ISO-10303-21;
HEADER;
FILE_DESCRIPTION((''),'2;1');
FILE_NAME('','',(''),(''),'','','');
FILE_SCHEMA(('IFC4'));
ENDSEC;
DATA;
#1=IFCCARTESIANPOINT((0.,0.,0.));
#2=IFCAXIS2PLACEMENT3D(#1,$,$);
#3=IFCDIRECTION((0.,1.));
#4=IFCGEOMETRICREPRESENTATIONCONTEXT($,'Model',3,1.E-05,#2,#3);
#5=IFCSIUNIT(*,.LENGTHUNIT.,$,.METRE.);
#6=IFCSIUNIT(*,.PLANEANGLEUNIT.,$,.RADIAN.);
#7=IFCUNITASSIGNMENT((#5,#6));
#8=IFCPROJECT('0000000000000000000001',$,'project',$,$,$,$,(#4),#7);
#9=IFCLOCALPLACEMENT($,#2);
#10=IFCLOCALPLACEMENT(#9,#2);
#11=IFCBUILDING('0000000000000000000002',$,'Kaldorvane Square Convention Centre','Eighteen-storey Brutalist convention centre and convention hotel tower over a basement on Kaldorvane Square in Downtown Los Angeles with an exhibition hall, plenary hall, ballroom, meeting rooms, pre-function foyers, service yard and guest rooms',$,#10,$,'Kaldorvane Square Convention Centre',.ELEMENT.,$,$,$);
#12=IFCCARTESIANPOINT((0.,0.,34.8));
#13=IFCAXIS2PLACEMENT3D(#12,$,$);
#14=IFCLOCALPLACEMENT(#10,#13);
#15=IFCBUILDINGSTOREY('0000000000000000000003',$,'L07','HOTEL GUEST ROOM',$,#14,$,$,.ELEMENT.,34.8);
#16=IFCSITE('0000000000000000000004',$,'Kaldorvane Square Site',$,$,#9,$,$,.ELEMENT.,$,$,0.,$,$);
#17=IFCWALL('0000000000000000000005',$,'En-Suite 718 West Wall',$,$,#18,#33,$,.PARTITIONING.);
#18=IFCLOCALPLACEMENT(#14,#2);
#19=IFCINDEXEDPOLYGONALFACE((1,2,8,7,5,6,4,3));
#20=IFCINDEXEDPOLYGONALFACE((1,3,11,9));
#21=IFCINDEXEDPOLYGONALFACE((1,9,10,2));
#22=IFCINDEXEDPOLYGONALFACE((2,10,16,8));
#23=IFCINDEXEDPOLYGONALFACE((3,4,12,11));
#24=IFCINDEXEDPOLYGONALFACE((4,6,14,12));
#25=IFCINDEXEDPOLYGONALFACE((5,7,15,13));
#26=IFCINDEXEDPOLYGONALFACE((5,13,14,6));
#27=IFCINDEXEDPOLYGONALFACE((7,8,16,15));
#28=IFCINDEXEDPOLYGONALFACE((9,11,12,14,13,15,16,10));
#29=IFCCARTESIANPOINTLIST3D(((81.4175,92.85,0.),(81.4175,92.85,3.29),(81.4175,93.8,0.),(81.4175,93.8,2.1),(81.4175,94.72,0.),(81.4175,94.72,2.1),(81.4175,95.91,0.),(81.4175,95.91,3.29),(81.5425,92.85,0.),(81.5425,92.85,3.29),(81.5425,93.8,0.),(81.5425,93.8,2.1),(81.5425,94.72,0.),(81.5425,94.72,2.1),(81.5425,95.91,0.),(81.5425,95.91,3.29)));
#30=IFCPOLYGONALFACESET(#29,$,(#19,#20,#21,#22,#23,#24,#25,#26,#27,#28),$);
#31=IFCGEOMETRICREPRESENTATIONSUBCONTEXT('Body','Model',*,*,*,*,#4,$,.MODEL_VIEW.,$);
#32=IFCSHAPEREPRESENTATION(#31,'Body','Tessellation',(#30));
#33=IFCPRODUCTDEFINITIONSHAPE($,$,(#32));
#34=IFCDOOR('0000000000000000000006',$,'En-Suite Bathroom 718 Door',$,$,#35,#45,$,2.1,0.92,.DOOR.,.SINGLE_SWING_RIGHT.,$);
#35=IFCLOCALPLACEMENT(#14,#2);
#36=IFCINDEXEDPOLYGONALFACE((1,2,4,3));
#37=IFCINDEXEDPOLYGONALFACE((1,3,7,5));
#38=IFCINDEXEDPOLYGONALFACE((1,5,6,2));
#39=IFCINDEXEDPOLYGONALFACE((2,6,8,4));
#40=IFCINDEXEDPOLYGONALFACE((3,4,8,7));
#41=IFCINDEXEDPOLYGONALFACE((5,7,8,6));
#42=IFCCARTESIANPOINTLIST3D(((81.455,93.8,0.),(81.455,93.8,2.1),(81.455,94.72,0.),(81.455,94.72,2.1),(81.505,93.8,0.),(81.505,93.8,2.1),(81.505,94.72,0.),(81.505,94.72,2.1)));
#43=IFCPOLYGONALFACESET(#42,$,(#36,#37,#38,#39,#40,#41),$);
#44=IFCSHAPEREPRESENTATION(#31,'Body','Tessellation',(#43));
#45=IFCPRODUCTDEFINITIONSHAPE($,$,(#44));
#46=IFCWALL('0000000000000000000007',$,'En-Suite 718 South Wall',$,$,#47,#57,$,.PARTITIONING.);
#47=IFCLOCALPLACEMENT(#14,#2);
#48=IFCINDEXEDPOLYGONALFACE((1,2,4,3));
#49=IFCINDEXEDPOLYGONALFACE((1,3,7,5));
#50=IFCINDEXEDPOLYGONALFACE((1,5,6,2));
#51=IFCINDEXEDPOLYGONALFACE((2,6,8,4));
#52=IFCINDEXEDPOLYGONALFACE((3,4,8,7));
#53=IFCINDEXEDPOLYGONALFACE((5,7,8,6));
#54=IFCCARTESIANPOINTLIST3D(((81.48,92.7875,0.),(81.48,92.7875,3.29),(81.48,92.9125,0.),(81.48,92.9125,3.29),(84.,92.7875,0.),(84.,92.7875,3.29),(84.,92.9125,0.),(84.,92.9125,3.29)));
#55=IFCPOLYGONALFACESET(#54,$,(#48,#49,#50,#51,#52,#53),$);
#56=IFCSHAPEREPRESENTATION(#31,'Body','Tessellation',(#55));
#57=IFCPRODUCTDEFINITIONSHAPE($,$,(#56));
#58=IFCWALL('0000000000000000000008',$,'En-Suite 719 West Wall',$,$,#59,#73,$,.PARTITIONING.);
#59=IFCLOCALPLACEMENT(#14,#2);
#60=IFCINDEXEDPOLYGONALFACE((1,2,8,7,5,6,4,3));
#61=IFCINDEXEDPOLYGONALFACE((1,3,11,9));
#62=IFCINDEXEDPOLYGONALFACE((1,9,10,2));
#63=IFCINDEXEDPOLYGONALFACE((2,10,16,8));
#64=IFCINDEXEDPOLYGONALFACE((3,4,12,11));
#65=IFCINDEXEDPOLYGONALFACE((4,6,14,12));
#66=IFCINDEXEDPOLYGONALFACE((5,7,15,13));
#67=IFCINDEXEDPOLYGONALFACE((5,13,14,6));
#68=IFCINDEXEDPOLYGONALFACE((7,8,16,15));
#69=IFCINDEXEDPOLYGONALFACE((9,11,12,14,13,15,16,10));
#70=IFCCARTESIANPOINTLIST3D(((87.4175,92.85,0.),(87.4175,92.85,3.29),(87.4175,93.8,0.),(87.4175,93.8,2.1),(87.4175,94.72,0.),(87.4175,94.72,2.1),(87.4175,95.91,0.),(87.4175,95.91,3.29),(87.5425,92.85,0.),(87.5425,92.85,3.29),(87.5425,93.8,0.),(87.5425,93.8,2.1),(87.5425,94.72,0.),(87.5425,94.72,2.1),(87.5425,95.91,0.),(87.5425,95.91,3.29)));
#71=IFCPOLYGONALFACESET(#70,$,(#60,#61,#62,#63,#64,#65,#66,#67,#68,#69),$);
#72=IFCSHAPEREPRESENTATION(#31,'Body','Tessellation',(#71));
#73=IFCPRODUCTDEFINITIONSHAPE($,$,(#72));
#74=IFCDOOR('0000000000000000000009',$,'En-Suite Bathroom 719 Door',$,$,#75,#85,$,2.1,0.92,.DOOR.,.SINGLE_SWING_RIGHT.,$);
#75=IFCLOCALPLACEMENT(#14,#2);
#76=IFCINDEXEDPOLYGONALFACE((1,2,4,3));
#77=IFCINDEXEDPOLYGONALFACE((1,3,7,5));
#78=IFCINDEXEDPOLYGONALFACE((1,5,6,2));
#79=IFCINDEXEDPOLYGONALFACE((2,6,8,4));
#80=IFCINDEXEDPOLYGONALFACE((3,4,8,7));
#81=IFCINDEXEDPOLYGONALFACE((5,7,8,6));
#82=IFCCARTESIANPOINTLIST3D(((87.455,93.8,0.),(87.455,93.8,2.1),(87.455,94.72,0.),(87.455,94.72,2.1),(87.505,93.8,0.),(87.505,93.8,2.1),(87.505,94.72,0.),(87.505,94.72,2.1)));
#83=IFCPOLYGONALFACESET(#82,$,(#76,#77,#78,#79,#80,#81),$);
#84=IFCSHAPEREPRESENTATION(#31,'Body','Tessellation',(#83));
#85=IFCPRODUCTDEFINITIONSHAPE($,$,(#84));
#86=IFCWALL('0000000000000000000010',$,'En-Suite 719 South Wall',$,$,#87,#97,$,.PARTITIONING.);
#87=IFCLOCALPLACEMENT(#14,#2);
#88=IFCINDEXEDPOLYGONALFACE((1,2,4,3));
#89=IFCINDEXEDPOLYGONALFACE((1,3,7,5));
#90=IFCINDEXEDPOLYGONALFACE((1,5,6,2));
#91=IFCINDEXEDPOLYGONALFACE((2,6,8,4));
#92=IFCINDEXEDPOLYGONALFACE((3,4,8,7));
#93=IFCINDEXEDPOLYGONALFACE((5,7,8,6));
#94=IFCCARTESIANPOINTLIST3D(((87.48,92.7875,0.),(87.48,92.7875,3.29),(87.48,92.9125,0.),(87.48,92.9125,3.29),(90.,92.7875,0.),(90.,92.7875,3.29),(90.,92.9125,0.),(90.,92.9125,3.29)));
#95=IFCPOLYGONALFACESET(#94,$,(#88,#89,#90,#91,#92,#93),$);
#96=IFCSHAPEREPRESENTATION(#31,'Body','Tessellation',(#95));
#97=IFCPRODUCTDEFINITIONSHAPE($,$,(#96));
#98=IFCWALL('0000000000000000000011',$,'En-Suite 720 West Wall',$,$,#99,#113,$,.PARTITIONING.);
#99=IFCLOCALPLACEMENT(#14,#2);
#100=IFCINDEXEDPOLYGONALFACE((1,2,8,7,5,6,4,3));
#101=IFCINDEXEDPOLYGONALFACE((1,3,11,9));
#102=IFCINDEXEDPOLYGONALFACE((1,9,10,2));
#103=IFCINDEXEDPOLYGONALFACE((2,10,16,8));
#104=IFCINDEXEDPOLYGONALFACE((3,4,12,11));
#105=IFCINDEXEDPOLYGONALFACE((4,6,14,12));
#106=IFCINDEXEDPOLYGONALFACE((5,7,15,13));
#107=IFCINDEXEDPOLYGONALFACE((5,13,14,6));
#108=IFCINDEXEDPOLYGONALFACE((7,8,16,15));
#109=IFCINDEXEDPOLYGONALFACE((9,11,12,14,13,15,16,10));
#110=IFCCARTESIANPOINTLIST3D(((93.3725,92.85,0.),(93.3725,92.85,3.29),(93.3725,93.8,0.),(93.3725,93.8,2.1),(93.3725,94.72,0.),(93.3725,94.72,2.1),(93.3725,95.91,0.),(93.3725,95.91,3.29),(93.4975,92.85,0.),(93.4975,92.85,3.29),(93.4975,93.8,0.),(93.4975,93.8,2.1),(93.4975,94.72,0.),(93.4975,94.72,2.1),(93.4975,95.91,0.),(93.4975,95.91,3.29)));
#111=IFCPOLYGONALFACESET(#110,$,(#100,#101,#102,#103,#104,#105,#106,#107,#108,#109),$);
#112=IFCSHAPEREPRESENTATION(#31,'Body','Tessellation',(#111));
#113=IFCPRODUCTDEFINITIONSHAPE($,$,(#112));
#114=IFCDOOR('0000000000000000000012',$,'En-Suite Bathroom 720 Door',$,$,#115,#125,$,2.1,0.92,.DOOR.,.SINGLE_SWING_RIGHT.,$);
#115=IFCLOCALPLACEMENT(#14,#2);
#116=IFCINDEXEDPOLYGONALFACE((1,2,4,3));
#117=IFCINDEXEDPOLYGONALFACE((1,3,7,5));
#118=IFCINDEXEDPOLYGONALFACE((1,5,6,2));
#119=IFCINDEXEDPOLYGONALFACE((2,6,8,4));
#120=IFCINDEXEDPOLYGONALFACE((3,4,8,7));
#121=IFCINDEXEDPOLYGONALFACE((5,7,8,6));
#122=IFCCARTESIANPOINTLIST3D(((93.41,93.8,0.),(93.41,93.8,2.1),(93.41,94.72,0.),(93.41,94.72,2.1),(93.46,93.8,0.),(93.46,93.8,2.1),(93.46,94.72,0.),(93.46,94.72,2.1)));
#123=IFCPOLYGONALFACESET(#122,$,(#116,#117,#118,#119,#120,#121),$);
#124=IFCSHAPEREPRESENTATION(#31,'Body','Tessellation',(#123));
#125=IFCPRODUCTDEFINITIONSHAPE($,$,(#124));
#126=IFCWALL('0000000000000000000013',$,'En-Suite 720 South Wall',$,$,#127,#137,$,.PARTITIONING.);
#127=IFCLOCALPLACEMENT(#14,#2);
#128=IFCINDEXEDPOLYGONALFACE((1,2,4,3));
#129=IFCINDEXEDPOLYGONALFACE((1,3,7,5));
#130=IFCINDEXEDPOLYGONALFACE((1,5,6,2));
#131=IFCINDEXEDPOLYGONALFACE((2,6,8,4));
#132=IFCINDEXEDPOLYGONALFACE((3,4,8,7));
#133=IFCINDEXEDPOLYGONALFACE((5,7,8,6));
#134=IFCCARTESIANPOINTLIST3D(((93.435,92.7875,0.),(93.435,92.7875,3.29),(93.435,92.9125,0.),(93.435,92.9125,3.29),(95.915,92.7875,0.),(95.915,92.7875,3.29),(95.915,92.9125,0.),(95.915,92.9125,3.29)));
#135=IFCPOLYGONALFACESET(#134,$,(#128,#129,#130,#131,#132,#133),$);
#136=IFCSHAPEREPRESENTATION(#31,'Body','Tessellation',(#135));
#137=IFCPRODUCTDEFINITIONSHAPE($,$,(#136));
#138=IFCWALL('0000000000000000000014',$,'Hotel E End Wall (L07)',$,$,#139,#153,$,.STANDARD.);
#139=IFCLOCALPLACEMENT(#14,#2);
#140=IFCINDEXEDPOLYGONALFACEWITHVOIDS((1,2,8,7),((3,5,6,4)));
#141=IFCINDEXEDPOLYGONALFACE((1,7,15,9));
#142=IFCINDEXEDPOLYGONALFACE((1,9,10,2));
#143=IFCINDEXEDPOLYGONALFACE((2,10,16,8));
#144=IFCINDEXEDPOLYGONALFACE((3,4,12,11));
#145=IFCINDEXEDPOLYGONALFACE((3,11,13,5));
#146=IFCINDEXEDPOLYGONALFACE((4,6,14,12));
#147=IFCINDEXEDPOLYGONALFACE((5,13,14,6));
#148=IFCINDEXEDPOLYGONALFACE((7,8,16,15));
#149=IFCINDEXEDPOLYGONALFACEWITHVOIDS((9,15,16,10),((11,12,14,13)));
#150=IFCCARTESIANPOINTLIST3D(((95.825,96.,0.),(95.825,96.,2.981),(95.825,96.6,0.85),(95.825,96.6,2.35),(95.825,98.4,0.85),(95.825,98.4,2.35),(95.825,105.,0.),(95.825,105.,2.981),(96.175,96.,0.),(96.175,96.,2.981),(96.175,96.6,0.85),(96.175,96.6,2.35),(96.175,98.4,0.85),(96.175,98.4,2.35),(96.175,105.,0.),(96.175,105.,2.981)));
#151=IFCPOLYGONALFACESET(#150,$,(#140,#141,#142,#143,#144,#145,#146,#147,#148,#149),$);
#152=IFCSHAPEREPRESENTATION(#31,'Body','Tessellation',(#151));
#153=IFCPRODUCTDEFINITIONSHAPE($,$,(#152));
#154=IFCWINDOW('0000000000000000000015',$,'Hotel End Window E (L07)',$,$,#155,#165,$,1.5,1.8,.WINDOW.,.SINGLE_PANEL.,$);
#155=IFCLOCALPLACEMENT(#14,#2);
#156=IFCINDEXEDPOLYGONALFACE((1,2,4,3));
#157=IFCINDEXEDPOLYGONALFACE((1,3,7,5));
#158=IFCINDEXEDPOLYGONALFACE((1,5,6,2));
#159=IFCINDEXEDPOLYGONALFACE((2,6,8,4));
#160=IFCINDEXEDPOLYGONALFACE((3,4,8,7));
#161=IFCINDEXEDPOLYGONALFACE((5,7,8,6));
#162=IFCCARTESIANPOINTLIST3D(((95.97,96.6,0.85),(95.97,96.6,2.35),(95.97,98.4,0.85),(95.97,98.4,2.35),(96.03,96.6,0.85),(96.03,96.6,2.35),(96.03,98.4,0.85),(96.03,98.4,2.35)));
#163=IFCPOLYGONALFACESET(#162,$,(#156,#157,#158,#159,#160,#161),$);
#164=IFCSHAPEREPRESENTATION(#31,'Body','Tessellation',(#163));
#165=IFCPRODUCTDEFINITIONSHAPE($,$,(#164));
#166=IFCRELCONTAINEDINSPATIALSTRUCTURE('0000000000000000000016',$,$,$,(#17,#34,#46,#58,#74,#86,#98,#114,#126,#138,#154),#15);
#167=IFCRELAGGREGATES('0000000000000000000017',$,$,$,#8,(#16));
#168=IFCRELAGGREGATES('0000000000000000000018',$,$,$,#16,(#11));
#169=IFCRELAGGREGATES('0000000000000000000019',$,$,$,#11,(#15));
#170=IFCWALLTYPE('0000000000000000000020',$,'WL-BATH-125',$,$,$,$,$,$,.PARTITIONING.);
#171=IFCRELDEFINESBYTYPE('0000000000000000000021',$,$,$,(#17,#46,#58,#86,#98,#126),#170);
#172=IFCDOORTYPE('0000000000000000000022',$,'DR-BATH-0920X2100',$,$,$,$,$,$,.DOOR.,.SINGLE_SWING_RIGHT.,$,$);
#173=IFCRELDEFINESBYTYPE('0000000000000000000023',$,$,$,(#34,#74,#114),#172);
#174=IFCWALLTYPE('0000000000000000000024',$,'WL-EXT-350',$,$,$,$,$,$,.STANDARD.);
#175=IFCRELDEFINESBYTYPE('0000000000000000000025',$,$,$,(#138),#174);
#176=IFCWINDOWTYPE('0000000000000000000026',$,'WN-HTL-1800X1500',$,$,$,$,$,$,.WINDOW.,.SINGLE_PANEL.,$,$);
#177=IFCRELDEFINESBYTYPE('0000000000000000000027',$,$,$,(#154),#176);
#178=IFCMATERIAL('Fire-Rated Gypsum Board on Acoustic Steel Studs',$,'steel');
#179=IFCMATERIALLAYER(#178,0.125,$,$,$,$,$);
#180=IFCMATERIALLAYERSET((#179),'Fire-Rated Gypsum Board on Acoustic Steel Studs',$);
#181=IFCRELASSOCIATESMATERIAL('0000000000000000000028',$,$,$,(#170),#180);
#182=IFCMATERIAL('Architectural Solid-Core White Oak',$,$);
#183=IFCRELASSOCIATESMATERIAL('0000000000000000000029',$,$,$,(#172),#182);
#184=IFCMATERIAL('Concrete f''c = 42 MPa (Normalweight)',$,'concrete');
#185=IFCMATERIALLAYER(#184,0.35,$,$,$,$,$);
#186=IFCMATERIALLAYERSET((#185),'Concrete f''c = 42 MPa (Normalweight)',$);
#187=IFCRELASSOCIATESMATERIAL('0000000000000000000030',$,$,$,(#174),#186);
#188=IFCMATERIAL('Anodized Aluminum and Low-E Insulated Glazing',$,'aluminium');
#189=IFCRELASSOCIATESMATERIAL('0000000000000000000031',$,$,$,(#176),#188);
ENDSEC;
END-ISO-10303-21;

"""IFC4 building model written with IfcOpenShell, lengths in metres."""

from ifc_helpers import new_model, si_unit, direction, frame, frame_2d, origin, place, context, subcontext, project, spatial, rectangle, extrude, material, layer, layer_set, type_object, element, fill, save


model = new_model("IFC4")

# Units and contexts
model_context = context("Model", 3, precision=1e-05, world=origin(), true_north=direction((0.0, 1.0)))
body_context = subcontext(model_context, "Body", "Model", "MODEL_VIEW")
ifc_project = project(units=[si_unit("LENGTHUNIT", "METRE"), si_unit("PLANEANGLEUNIT", "RADIAN")], contexts=[model_context])

# Site, building, storey
site_placement = place(None, origin())
site = spatial("IfcSite", under=ifc_project, at=site_placement, Name="Kaldorvane Square Site", CompositionType="ELEMENT", RefElevation=0.0)
building_placement = place(site_placement, origin())
building = spatial("IfcBuilding", under=site, at=building_placement, Name="Kaldorvane Square Convention Centre", Description="Eighteen-storey Brutalist convention centre and convention hotel tower over a basement on Kaldorvane Square in Downtown Los Angeles with an exhibition hall, plenary hall, ballroom, meeting rooms, pre-function foyers, service yard and guest rooms", LongName="Kaldorvane Square Convention Centre", CompositionType="ELEMENT")
storey_placement = place(building_placement, frame((0.0, 0.0, 34.8)))
storey = spatial("IfcBuildingStorey", under=building, at=storey_placement, Name="L07", Description="HOTEL GUEST ROOM", CompositionType="ELEMENT", Elevation=34.8)

# Shared definitions
ifc_material_1 = material(Name="Anodized Aluminum and Low-E Insulated Glazing", Category="aluminium")

# Wall, opening, door
ifc_material_2 = material(Name="Fire-Rated Gypsum Board on Acoustic Steel Studs", Category="steel")
ifc_layer_1 = layer(ifc_material_2, 0.125)
ifc_layer_set_1 = layer_set([ifc_layer_1], Name="Fire-Rated Gypsum Board on Acoustic Steel Studs")
wall_type_1 = type_object("IfcWallType", Name="WL-BATH-125", PredefinedType="PARTITIONING", material=ifc_layer_set_1)
wall_1_placement = place(storey_placement, frame((81.48, 92.85, 0.0), z_axis=(0.0, 0.0, 1.0), x_axis=(0.0, 1.0, 0.0)))
wall_1 = element("IfcWall", 1, at=wall_1_placement, inside=storey, type_object=wall_type_1, Name="En-Suite 718 West Wall", PredefinedType="PARTITIONING", context=body_context, shape_type="SweptSolid", body=[
    extrude(rectangle(XDim=3.06, YDim=0.125, at=frame_2d((1.53, 0.0))), origin(), (0.0, 0.0, 1.0), 3.29),
])
opening_1_placement = place(wall_1_placement, frame((0.95, 0.0, 0.0)))
opening_1 = element("IfcOpeningElement", 2, at=opening_1_placement, cuts=wall_1, PredefinedType="OPENING", context=body_context, shape_type="SweptSolid", body=[
    extrude(rectangle(XDim=0.92, YDim=2.1, at=frame_2d((0.46, 1.05))), frame((0.0, 0.0775, 0.0), z_axis=(0.0, -1.0, 0.0), x_axis=(1.0, 0.0, 0.0)), (0.0, 0.0, 1.0), 0.155),
])
ifc_material_3 = material(Name="Architectural Solid-Core White Oak")
door_type_1 = type_object("IfcDoorType", Name="DR-BATH-0920X2100", OperationType="SINGLE_SWING_RIGHT", PredefinedType="DOOR", material=ifc_material_3)
door_1_placement = place(opening_1_placement, origin())
door_1 = element("IfcDoor", 3, at=door_1_placement, inside=storey, type_object=door_type_1, Name="En-Suite Bathroom 718 Door", OperationType="SINGLE_SWING_RIGHT", OverallHeight=2.1, OverallWidth=0.92, PredefinedType="DOOR", context=body_context, shape_type="SweptSolid", body=[
    extrude(rectangle(XDim=0.92, YDim=2.1, at=frame_2d((0.46, 1.05))), frame((0.0, 0.025, 0.0), z_axis=(0.0, -1.0, 0.0), x_axis=(1.0, 0.0, 0.0)), (0.0, 0.0, 1.0), 0.05),
])
fill(opening_1, door_1)

# Wall
wall_2_placement = place(storey_placement, frame((81.48, 92.85, 0.0), z_axis=(0.0, 0.0, 1.0), x_axis=(1.0, 0.0, 0.0)))
element("IfcWall", 4, at=wall_2_placement, inside=storey, type_object=wall_type_1, Name="En-Suite 718 South Wall", PredefinedType="PARTITIONING", context=body_context, shape_type="SweptSolid", body=[
    extrude(rectangle(XDim=2.52, YDim=0.125, at=frame_2d((1.26, 0.0))), origin(), (0.0, 0.0, 1.0), 3.29),
])

# Wall, opening, door
wall_3_placement = place(storey_placement, frame((87.48, 92.85, 0.0), z_axis=(0.0, 0.0, 1.0), x_axis=(0.0, 1.0, 0.0)))
wall_3 = element("IfcWall", 5, at=wall_3_placement, inside=storey, type_object=wall_type_1, Name="En-Suite 719 West Wall", PredefinedType="PARTITIONING", context=body_context, shape_type="SweptSolid", body=[
    extrude(rectangle(XDim=3.06, YDim=0.125, at=frame_2d((1.53, 0.0))), origin(), (0.0, 0.0, 1.0), 3.29),
])
opening_2_placement = place(wall_3_placement, frame((0.95, 0.0, 0.0)))
opening_2 = element("IfcOpeningElement", 6, at=opening_2_placement, cuts=wall_3, PredefinedType="OPENING", context=body_context, shape_type="SweptSolid", body=[
    extrude(rectangle(XDim=0.92, YDim=2.1, at=frame_2d((0.46, 1.05))), frame((0.0, 0.0775, 0.0), z_axis=(0.0, -1.0, 0.0), x_axis=(1.0, 0.0, 0.0)), (0.0, 0.0, 1.0), 0.155),
])
door_2_placement = place(opening_2_placement, origin())
door_2 = element("IfcDoor", 7, at=door_2_placement, inside=storey, type_object=door_type_1, Name="En-Suite Bathroom 719 Door", OperationType="SINGLE_SWING_RIGHT", OverallHeight=2.1, OverallWidth=0.92, PredefinedType="DOOR", context=body_context, shape_type="SweptSolid", body=[
    extrude(rectangle(XDim=0.92, YDim=2.1, at=frame_2d((0.46, 1.05))), frame((0.0, 0.025, 0.0), z_axis=(0.0, -1.0, 0.0), x_axis=(1.0, 0.0, 0.0)), (0.0, 0.0, 1.0), 0.05),
])
fill(opening_2, door_2)

# Wall
wall_4_placement = place(storey_placement, frame((87.48, 92.85, 0.0), z_axis=(0.0, 0.0, 1.0), x_axis=(1.0, 0.0, 0.0)))
element("IfcWall", 8, at=wall_4_placement, inside=storey, type_object=wall_type_1, Name="En-Suite 719 South Wall", PredefinedType="PARTITIONING", context=body_context, shape_type="SweptSolid", body=[
    extrude(rectangle(XDim=2.52, YDim=0.125, at=frame_2d((1.26, 0.0))), origin(), (0.0, 0.0, 1.0), 3.29),
])

# Wall, opening, door
wall_5_placement = place(storey_placement, frame((93.435, 92.85, 0.0), z_axis=(0.0, 0.0, 1.0), x_axis=(0.0, 1.0, 0.0)))
wall_5 = element("IfcWall", 9, at=wall_5_placement, inside=storey, type_object=wall_type_1, Name="En-Suite 720 West Wall", PredefinedType="PARTITIONING", context=body_context, shape_type="SweptSolid", body=[
    extrude(rectangle(XDim=3.06, YDim=0.125, at=frame_2d((1.53, 0.0))), origin(), (0.0, 0.0, 1.0), 3.29),
])
opening_3_placement = place(wall_5_placement, frame((0.95, 0.0, 0.0)))
opening_3 = element("IfcOpeningElement", 10, at=opening_3_placement, cuts=wall_5, PredefinedType="OPENING", context=body_context, shape_type="SweptSolid", body=[
    extrude(rectangle(XDim=0.92, YDim=2.1, at=frame_2d((0.46, 1.05))), frame((0.0, 0.0775, 0.0), z_axis=(0.0, -1.0, 0.0), x_axis=(1.0, 0.0, 0.0)), (0.0, 0.0, 1.0), 0.155),
])
door_3_placement = place(opening_3_placement, origin())
door_3 = element("IfcDoor", 11, at=door_3_placement, inside=storey, type_object=door_type_1, Name="En-Suite Bathroom 720 Door", OperationType="SINGLE_SWING_RIGHT", OverallHeight=2.1, OverallWidth=0.92, PredefinedType="DOOR", context=body_context, shape_type="SweptSolid", body=[
    extrude(rectangle(XDim=0.92, YDim=2.1, at=frame_2d((0.46, 1.05))), frame((0.0, 0.025, 0.0), z_axis=(0.0, -1.0, 0.0), x_axis=(1.0, 0.0, 0.0)), (0.0, 0.0, 1.0), 0.05),
])
fill(opening_3, door_3)

# Wall
wall_6_placement = place(storey_placement, frame((93.435, 92.85, 0.0), z_axis=(0.0, 0.0, 1.0), x_axis=(1.0, 0.0, 0.0)))
element("IfcWall", 12, at=wall_6_placement, inside=storey, type_object=wall_type_1, Name="En-Suite 720 South Wall", PredefinedType="PARTITIONING", context=body_context, shape_type="SweptSolid", body=[
    extrude(rectangle(XDim=2.48, YDim=0.125, at=frame_2d((1.24, 0.0))), origin(), (0.0, 0.0, 1.0), 3.29),
])

# Wall, opening, window
ifc_material_4 = material(Name="Concrete f'c = 42 MPa (Normalweight)", Category="concrete")
ifc_layer_2 = layer(ifc_material_4, 0.35)
ifc_layer_set_2 = layer_set([ifc_layer_2], Name="Concrete f'c = 42 MPa (Normalweight)")
wall_type_2 = type_object("IfcWallType", Name="WL-EXT-350", PredefinedType="STANDARD", material=ifc_layer_set_2)
wall_7_placement = place(storey_placement, frame((96.0, 96.0, 0.0), z_axis=(0.0, 0.0, 1.0), x_axis=(0.0, 1.0, 0.0)))
wall_7 = element("IfcWall", 13, at=wall_7_placement, inside=storey, type_object=wall_type_2, Name="Hotel E End Wall (L07)", PredefinedType="STANDARD", context=body_context, shape_type="SweptSolid", body=[
    extrude(rectangle(XDim=9.0, YDim=0.35, at=frame_2d((4.5, 0.0))), origin(), (0.0, 0.0, 1.0), 2.981),
])
opening_4_placement = place(wall_7_placement, frame((0.6, 0.0, 0.85)))
opening_4 = element("IfcOpeningElement", 14, at=opening_4_placement, cuts=wall_7, PredefinedType="OPENING", context=body_context, shape_type="SweptSolid", body=[
    extrude(rectangle(XDim=1.8, YDim=1.5, at=frame_2d((0.9, 0.75))), frame((0.0, 0.19, 0.0), z_axis=(0.0, -1.0, 0.0), x_axis=(1.0, 0.0, 0.0)), (0.0, 0.0, 1.0), 0.38),
])
window_type = type_object("IfcWindowType", Name="WN-HTL-1800X1500", PartitioningType="SINGLE_PANEL", PredefinedType="WINDOW", material=ifc_material_1)
window_placement = place(opening_4_placement, origin())
window = element("IfcWindow", 15, at=window_placement, inside=storey, type_object=window_type, Name="Hotel End Window E (L07)", OverallHeight=1.5, OverallWidth=1.8, PartitioningType="SINGLE_PANEL", PredefinedType="WINDOW", context=body_context, shape_type="SweptSolid", body=[
    extrude(rectangle(XDim=1.8, YDim=1.5, at=frame_2d((0.9, 0.75))), frame((0.0, 0.03, 0.0), z_axis=(0.0, -1.0, 0.0), x_axis=(1.0, 0.0, 0.0)), (0.0, 0.0, 1.0), 0.06),
])
fill(opening_4, window)

save(model, "model.ifc")
